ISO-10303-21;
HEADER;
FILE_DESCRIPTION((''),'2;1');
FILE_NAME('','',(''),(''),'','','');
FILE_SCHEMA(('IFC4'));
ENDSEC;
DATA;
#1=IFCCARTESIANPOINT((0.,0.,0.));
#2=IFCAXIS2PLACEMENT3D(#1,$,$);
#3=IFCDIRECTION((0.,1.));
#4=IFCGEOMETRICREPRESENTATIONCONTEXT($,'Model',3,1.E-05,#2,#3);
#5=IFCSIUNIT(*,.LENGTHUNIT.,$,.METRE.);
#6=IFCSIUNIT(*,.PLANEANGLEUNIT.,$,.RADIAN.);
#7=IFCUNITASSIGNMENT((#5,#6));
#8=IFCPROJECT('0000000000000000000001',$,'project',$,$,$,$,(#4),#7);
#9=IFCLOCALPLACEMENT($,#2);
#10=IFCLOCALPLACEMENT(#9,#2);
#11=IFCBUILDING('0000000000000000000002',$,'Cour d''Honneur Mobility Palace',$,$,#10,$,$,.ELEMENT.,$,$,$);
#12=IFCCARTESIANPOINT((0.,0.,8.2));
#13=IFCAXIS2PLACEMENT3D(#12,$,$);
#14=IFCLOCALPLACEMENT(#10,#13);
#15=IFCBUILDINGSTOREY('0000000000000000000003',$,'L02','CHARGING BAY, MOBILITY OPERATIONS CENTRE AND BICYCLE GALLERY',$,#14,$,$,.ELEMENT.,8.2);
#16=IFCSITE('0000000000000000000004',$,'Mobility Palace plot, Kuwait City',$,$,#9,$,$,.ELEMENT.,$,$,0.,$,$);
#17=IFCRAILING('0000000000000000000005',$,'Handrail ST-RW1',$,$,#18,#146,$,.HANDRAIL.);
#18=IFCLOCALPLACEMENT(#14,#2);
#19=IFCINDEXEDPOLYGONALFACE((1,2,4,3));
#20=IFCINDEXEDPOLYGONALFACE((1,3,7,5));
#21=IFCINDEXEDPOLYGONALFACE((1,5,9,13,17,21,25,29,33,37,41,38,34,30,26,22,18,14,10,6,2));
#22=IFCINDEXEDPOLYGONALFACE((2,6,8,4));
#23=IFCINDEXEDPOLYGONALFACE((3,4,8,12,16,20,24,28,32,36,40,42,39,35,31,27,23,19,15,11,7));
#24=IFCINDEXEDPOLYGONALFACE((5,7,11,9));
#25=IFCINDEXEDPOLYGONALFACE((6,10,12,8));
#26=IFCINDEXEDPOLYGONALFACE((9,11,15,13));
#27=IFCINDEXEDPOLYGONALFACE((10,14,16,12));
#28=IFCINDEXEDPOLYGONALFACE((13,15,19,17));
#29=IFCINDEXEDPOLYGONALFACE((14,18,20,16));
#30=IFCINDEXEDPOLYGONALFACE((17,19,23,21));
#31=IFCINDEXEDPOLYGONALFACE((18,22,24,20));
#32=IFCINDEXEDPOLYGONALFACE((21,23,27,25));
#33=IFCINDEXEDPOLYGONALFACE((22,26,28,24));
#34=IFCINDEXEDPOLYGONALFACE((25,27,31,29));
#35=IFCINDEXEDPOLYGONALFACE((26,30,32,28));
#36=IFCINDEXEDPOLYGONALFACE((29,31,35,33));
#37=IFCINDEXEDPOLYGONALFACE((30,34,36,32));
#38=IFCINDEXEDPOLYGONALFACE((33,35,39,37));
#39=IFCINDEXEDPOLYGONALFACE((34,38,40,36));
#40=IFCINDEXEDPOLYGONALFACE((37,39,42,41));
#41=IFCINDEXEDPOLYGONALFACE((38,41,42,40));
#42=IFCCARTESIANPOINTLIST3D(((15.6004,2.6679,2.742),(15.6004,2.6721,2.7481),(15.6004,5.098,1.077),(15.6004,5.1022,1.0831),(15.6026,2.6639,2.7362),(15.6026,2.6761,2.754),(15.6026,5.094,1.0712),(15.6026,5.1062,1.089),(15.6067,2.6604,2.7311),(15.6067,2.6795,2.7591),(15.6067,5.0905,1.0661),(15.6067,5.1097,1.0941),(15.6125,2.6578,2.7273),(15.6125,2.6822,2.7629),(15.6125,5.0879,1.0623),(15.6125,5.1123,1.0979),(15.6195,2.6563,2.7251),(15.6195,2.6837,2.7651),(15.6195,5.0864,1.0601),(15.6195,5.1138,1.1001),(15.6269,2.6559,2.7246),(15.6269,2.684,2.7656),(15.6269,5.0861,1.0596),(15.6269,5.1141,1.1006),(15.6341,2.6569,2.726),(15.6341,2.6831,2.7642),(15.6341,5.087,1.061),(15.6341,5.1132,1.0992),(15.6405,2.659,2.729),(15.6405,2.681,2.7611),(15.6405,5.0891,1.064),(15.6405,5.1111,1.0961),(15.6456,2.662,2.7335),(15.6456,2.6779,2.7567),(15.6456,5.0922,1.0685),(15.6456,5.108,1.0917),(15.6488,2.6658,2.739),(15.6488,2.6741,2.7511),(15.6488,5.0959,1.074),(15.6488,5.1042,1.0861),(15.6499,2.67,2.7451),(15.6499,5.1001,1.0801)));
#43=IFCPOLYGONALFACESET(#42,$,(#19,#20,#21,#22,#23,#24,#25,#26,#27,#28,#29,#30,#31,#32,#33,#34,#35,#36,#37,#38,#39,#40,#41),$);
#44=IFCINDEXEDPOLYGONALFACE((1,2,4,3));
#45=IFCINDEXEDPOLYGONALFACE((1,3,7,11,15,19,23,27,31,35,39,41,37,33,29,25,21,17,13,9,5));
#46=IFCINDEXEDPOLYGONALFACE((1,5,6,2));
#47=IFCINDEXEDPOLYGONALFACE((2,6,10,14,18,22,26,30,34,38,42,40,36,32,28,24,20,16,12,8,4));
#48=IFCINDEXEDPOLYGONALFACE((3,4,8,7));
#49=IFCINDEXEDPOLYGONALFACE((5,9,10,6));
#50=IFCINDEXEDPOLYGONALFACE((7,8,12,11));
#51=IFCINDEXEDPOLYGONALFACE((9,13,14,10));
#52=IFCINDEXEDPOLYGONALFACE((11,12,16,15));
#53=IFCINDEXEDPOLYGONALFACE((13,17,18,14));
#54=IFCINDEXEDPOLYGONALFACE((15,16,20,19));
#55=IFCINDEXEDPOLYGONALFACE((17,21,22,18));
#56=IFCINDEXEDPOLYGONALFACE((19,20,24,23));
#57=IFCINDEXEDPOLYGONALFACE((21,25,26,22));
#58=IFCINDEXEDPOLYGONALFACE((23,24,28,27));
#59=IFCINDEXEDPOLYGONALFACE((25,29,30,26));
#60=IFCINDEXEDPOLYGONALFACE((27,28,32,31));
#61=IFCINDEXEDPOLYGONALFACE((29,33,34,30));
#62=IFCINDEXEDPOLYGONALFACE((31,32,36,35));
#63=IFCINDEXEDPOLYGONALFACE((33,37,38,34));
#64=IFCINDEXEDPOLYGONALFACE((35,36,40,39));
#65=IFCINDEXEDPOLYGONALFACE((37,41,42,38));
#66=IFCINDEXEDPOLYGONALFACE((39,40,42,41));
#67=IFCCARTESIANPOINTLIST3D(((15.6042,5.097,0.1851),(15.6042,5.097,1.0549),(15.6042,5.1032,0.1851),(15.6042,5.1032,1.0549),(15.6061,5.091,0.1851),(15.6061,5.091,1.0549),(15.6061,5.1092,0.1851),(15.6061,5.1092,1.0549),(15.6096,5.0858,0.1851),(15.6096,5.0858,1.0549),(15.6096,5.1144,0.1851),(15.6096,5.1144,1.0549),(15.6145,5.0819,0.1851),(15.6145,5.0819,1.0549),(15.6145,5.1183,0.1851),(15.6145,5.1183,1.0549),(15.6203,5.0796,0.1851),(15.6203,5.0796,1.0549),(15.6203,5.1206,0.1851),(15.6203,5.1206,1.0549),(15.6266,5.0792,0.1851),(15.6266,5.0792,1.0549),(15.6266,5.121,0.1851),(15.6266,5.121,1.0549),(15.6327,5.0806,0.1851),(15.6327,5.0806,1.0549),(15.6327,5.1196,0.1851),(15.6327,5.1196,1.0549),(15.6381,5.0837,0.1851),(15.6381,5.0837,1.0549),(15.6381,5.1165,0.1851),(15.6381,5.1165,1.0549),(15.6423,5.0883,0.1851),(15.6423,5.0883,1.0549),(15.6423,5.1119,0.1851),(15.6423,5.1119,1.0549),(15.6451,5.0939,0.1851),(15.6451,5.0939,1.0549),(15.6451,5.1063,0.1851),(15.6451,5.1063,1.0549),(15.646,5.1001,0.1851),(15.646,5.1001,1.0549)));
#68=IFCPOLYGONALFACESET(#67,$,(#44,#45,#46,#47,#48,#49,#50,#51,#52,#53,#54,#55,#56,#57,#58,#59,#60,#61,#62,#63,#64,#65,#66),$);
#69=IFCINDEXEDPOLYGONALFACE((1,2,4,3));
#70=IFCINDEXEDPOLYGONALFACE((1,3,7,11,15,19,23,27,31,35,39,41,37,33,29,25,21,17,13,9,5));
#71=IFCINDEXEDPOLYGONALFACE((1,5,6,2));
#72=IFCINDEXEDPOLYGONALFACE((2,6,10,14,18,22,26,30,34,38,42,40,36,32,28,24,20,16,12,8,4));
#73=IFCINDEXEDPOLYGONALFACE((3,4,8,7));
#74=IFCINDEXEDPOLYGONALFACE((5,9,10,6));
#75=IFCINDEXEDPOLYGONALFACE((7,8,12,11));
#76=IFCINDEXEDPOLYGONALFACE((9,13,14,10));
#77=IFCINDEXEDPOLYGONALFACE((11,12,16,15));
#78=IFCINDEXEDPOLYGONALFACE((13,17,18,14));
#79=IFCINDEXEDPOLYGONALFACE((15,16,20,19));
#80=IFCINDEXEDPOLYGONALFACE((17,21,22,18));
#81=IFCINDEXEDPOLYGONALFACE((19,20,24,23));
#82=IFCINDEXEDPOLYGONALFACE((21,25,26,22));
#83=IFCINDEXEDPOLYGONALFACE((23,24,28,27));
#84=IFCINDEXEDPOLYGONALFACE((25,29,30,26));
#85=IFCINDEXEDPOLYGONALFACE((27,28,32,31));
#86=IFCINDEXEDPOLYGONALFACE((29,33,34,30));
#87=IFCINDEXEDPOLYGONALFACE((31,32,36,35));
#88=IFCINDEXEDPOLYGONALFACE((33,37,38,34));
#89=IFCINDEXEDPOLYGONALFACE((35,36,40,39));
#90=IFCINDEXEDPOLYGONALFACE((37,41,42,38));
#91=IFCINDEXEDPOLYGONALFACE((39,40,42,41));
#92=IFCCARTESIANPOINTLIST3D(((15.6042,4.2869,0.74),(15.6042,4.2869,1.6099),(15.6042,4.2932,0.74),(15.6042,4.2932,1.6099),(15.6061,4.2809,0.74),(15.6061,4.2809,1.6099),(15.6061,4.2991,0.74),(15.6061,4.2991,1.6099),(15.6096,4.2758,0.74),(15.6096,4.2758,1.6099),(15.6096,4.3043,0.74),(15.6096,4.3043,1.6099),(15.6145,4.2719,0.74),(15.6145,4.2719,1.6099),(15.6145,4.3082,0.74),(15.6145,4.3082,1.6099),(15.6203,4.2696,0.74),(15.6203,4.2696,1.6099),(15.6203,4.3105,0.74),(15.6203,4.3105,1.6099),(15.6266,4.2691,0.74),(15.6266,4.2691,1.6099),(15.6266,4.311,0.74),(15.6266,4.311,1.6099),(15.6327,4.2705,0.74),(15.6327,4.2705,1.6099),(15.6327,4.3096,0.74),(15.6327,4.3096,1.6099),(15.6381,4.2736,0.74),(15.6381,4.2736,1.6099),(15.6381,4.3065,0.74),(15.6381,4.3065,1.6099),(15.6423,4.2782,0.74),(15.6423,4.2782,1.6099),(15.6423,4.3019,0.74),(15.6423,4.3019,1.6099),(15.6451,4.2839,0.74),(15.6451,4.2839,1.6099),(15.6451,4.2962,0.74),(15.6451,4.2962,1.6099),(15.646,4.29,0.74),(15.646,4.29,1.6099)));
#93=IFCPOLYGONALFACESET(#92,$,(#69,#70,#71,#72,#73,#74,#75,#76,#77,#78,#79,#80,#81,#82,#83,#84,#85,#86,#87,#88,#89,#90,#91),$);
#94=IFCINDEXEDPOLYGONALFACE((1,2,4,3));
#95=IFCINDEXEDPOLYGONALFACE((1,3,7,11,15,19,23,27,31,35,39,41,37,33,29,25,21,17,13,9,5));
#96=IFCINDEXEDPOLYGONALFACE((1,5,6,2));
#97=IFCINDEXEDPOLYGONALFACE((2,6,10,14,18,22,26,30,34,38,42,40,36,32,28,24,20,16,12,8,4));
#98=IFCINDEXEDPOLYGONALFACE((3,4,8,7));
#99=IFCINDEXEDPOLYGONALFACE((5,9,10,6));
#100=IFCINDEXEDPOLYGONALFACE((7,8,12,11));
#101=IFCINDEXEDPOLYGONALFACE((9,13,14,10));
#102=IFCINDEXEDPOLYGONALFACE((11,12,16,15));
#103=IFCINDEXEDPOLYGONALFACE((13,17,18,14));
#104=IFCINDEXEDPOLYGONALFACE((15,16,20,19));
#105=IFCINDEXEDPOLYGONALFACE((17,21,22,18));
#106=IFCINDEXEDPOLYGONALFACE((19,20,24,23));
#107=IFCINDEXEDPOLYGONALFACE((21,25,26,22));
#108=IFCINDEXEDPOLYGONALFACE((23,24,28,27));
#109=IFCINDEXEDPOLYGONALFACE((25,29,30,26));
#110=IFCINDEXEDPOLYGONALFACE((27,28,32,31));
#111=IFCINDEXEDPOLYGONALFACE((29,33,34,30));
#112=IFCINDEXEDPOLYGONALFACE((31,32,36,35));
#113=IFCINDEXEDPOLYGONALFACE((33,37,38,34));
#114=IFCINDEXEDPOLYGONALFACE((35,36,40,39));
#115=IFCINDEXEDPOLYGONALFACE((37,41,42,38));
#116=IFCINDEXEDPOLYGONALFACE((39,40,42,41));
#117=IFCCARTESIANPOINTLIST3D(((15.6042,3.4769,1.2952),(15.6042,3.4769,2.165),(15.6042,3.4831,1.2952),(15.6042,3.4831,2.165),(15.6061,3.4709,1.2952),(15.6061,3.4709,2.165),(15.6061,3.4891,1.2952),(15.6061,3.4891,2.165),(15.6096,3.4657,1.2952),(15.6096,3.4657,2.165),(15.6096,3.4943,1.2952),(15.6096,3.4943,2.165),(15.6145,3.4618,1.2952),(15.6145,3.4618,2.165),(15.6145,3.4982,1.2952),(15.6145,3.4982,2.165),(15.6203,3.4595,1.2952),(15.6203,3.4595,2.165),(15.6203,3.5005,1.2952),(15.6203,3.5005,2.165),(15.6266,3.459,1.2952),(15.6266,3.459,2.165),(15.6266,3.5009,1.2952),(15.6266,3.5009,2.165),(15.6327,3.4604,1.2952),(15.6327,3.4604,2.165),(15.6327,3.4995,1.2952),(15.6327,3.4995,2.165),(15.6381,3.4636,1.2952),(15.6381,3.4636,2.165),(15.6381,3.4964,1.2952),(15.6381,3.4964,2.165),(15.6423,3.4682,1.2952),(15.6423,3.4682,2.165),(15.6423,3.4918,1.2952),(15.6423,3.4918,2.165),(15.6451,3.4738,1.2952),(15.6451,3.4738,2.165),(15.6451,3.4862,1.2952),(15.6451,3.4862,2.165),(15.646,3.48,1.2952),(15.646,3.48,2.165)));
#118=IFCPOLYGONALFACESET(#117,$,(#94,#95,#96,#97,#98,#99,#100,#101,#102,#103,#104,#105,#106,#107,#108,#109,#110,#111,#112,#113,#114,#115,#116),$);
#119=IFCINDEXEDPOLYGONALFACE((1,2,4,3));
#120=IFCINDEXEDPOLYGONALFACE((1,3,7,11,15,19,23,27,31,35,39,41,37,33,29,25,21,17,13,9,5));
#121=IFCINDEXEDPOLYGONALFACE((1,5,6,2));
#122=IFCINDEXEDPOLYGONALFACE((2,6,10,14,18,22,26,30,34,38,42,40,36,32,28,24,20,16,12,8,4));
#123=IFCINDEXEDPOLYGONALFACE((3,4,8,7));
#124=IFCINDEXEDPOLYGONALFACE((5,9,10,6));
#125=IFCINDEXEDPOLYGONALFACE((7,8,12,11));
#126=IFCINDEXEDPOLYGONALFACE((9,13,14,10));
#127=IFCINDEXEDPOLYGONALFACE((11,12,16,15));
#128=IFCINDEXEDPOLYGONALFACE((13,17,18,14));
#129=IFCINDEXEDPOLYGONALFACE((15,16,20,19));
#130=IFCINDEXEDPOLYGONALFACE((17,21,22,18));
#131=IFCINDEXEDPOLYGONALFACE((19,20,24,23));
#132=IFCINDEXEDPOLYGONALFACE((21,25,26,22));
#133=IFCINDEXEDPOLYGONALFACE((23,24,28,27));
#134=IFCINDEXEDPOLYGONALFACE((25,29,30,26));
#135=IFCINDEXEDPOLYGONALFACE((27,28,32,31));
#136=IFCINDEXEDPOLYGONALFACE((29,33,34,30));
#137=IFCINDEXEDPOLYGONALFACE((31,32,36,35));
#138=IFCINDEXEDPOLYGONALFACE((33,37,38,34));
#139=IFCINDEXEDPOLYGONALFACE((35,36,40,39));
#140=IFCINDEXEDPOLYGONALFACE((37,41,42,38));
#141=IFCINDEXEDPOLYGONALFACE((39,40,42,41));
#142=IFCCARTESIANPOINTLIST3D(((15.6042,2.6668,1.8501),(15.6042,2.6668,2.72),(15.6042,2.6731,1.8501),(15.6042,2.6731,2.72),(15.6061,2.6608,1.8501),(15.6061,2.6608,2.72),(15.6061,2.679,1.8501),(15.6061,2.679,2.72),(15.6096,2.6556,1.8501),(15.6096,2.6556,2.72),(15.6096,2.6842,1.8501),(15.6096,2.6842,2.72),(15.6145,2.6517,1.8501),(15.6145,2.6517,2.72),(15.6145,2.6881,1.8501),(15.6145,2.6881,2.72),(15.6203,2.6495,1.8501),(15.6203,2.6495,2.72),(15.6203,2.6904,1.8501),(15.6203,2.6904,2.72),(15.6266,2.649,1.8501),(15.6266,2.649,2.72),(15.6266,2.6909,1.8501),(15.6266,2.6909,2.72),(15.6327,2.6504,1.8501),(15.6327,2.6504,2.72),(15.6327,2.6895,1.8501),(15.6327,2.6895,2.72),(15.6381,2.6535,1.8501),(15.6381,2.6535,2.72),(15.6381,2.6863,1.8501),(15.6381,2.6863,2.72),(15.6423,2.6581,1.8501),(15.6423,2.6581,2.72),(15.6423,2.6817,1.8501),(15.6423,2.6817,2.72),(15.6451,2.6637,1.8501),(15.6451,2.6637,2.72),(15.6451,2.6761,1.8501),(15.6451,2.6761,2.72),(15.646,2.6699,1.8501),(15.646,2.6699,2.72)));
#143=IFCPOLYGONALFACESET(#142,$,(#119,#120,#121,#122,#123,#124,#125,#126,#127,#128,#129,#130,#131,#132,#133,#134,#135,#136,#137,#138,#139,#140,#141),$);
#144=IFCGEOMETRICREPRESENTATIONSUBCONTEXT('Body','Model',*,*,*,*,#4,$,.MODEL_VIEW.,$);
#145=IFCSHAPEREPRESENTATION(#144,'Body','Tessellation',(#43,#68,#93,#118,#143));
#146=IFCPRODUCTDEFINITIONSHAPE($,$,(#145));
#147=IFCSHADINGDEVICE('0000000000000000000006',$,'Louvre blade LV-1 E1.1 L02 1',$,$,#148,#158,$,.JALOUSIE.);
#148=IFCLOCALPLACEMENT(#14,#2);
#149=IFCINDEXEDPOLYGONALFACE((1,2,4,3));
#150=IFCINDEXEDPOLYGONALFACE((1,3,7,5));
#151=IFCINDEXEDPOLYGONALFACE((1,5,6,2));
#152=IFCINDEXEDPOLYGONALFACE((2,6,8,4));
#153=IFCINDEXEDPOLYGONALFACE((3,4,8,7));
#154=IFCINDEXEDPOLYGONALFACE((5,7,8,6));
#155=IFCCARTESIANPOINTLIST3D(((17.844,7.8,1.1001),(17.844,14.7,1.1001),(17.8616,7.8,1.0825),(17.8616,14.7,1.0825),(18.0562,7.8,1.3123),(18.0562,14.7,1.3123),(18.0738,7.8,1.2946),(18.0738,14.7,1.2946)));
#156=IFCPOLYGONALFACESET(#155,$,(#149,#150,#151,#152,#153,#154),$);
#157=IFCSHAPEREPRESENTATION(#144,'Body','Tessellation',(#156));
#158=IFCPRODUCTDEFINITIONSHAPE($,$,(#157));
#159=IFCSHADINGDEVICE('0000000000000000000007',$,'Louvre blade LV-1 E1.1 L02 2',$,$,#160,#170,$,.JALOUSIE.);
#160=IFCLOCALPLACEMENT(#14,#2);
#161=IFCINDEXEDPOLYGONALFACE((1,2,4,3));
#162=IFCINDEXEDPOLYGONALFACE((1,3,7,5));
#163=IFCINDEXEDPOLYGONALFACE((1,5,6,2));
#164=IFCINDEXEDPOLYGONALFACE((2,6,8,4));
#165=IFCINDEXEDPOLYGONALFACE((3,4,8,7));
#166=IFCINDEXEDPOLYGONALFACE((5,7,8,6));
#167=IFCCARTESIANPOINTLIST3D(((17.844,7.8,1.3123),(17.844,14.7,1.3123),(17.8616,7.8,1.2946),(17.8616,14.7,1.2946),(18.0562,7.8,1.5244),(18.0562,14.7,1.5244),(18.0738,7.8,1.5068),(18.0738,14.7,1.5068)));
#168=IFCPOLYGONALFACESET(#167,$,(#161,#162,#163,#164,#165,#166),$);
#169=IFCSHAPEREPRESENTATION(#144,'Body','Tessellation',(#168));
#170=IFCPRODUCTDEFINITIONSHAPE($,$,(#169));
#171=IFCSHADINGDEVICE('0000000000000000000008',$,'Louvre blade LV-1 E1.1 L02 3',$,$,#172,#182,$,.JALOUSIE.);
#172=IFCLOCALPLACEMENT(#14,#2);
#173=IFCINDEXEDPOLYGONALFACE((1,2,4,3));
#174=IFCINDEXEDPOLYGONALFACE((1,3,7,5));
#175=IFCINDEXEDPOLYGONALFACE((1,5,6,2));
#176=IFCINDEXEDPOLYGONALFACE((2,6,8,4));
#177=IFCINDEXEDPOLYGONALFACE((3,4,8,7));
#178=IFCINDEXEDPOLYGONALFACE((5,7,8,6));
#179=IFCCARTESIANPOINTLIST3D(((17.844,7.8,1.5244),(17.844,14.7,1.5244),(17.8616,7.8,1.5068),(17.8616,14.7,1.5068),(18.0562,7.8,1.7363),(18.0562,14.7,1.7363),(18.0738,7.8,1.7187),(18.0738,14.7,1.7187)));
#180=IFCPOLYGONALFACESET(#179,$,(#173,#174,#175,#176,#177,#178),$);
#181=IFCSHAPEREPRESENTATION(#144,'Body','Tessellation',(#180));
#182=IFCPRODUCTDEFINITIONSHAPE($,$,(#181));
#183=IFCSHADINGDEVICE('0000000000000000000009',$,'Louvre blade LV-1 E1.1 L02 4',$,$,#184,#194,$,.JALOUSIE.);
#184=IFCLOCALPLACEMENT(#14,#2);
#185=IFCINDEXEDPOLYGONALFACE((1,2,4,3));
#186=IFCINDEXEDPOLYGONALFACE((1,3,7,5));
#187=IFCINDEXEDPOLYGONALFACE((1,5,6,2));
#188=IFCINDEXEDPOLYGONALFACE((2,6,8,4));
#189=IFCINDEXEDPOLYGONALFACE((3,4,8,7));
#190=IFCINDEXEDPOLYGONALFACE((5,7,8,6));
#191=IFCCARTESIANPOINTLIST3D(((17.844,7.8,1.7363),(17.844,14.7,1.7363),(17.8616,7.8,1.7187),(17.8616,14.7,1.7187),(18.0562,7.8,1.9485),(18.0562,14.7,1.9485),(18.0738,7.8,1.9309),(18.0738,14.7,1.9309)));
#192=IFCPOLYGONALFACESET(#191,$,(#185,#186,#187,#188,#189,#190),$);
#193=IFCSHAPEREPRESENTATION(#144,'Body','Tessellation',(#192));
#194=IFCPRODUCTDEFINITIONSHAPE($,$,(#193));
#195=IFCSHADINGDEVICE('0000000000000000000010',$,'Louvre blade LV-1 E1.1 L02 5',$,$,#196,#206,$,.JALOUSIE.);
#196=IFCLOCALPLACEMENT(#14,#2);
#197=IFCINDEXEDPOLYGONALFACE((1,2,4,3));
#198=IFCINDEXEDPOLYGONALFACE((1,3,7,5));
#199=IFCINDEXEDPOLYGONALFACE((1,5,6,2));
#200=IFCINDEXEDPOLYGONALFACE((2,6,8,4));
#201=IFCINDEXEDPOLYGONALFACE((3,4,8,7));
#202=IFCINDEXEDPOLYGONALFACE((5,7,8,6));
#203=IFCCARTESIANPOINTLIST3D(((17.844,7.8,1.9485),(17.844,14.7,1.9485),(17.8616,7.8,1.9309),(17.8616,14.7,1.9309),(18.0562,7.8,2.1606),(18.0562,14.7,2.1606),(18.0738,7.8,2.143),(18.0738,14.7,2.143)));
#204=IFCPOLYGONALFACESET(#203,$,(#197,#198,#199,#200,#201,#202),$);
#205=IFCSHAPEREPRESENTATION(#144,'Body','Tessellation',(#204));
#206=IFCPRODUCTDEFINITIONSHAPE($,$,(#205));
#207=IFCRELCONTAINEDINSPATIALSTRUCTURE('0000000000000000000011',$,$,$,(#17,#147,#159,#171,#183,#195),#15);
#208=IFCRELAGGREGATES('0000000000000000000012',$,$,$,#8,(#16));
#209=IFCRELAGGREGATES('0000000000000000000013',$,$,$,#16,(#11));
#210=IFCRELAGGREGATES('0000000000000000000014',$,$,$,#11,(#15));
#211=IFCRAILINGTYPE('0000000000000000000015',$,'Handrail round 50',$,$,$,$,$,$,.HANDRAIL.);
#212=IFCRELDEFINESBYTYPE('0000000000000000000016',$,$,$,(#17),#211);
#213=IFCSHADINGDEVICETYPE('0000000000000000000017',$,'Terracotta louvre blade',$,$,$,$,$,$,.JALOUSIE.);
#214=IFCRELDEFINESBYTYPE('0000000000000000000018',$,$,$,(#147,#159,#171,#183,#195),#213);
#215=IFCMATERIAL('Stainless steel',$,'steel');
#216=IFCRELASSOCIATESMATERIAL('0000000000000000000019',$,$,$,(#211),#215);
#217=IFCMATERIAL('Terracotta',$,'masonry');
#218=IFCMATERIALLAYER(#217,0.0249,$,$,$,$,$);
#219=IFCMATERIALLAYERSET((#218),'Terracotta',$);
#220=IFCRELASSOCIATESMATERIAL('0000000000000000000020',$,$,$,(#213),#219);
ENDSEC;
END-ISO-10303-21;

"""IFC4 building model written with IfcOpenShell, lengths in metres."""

from ifc_helpers import new_model, si_unit, direction, frame, origin, origin_2d, place, context, subcontext, project, spatial, polyline, circle, outline, extrude, material, layer, layer_set, type_object, element, save


model = new_model("IFC4")

# Units and contexts
model_context = context("Model", 3, precision=1e-05, world=origin(), true_north=direction((0.0, 1.0)))
body_context = subcontext(model_context, "Body", "Model", "MODEL_VIEW")
ifc_project = project(units=[si_unit("LENGTHUNIT", "METRE"), si_unit("PLANEANGLEUNIT", "RADIAN")], contexts=[model_context])

# Site, building, storey
site_placement = place(None, origin())
site = spatial("IfcSite", under=ifc_project, at=site_placement, Name="Mobility Palace plot, Kuwait City", CompositionType="ELEMENT", RefElevation=0.0)
building_placement = place(site_placement, origin())
building = spatial("IfcBuilding", under=site, at=building_placement, Name="Cour d'Honneur Mobility Palace", CompositionType="ELEMENT")
storey_placement = place(building_placement, frame((0.0, 0.0, 8.2)))
storey = spatial("IfcBuildingStorey", under=building, at=storey_placement, Name="L02", Description="CHARGING BAY, MOBILITY OPERATIONS CENTRE AND BICYCLE GALLERY", CompositionType="ELEMENT", Elevation=8.2)

# Railing
ifc_material_1 = material(Name="Stainless steel", Category="steel")
railing_type_1 = type_object("IfcRailingType", Name="Handrail round 50", PredefinedType="HANDRAIL", material=ifc_material_1)
for number, where, name in (
    (1, (15.625, 5.1001, 0.1851), "Handrail ST-RW1"),
):
    element("IfcRailing", number, at=place(storey_placement, frame(where)), inside=storey, type_object=railing_type_1, Name=name, PredefinedType="HANDRAIL", context=body_context, shape_type="SweptSolid", body=[
        extrude(circle(Radius=0.0249, at=origin_2d()), frame((0.0, 0.0, 0.895), z_axis=(0.0, -0.824945, 0.565213), x_axis=(1.0, 0.0, 0.0)), (0.0, 0.0, 1.0), 2.9458),
        extrude(circle(Radius=0.021, at=origin_2d()), origin(), (0.0, 0.0, 1.0), 0.8699),
        extrude(circle(Radius=0.021, at=origin_2d()), frame((0.0, -0.8101, 0.5549)), (0.0, 0.0, 1.0), 0.8699),
        extrude(circle(Radius=0.021, at=origin_2d()), frame((0.0, -1.6201, 1.1101)), (0.0, 0.0, 1.0), 0.8699),
        extrude(circle(Radius=0.021, at=origin_2d()), frame((0.0, -2.4302, 1.665)), (0.0, 0.0, 1.0), 0.8699),
    ])

# Shading devices
ifc_material_2 = material(Name="Terracotta", Category="masonry")
ifc_layer_1 = layer(ifc_material_2, 0.0249)
ifc_layer_set_1 = layer_set([ifc_layer_1], Name="Terracotta")
shading_device_type = type_object("IfcShadingDeviceType", Name="Terracotta louvre blade", PredefinedType="JALOUSIE", material=ifc_layer_set_1)
for number, where, z_axis, x_axis, name in (
    (2, (17.844, 7.8, 1.1001), (-0.707107, 0.0, 0.707107), (0.0, 1.0, 0.0), "Louvre blade LV-1 E1.1 L02 1"),
    (3, (17.844, 7.8, 1.3123), (-0.707107, 0.0, 0.707107), (0.0, 1.0, 0.0), "Louvre blade LV-1 E1.1 L02 2"),
):
    element("IfcShadingDevice", number, at=place(storey_placement, frame(where, z_axis=z_axis, x_axis=x_axis)), inside=storey, type_object=shading_device_type, Name=name, PredefinedType="JALOUSIE", context=body_context, shape_type="SweptSolid", body=[
        extrude(outline(polyline([(0.0, 0.0), (6.8999, 0.0), (6.8999, -0.3), (0.0, -0.3), (0.0, 0.0)])), origin(), (0.0, 0.0, -1.0), 0.0249),
    ])
shading_device_placement = place(storey_placement, frame((17.844, 7.8, 1.5244), z_axis=(-0.7067, 0.0, 0.707514), x_axis=(0.0, 1.0, 0.0)))
element("IfcShadingDevice", 4, at=shading_device_placement, inside=storey, type_object=shading_device_type, Name="Louvre blade LV-1 E1.1 L02 3", PredefinedType="JALOUSIE", context=body_context, shape_type="SweptSolid", body=[
    extrude(outline(polyline([(0.0, 0.0), (6.8999, 0.0), (6.8999, -0.2999), (0.0, -0.2999), (0.0, 0.0)])), origin(), (0.0, 0.0, -1.0), 0.0249),
])
for number, where, z_axis, x_axis, name in (
    (5, (17.844, 7.8, 1.7363), (-0.707107, 0.0, 0.707107), (0.0, 1.0, 0.0), "Louvre blade LV-1 E1.1 L02 4"),
    (6, (17.844, 7.8, 1.9485), (-0.707107, 0.0, 0.707107), (0.0, 1.0, 0.0), "Louvre blade LV-1 E1.1 L02 5"),
):
    element("IfcShadingDevice", number, at=place(storey_placement, frame(where, z_axis=z_axis, x_axis=x_axis)), inside=storey, type_object=shading_device_type, Name=name, PredefinedType="JALOUSIE", context=body_context, shape_type="SweptSolid", body=[
        extrude(outline(polyline([(0.0, 0.0), (6.8999, 0.0), (6.8999, -0.3), (0.0, -0.3), (0.0, 0.0)])), origin(), (0.0, 0.0, -1.0), 0.0249),
    ])

save(model, "model.ifc")
